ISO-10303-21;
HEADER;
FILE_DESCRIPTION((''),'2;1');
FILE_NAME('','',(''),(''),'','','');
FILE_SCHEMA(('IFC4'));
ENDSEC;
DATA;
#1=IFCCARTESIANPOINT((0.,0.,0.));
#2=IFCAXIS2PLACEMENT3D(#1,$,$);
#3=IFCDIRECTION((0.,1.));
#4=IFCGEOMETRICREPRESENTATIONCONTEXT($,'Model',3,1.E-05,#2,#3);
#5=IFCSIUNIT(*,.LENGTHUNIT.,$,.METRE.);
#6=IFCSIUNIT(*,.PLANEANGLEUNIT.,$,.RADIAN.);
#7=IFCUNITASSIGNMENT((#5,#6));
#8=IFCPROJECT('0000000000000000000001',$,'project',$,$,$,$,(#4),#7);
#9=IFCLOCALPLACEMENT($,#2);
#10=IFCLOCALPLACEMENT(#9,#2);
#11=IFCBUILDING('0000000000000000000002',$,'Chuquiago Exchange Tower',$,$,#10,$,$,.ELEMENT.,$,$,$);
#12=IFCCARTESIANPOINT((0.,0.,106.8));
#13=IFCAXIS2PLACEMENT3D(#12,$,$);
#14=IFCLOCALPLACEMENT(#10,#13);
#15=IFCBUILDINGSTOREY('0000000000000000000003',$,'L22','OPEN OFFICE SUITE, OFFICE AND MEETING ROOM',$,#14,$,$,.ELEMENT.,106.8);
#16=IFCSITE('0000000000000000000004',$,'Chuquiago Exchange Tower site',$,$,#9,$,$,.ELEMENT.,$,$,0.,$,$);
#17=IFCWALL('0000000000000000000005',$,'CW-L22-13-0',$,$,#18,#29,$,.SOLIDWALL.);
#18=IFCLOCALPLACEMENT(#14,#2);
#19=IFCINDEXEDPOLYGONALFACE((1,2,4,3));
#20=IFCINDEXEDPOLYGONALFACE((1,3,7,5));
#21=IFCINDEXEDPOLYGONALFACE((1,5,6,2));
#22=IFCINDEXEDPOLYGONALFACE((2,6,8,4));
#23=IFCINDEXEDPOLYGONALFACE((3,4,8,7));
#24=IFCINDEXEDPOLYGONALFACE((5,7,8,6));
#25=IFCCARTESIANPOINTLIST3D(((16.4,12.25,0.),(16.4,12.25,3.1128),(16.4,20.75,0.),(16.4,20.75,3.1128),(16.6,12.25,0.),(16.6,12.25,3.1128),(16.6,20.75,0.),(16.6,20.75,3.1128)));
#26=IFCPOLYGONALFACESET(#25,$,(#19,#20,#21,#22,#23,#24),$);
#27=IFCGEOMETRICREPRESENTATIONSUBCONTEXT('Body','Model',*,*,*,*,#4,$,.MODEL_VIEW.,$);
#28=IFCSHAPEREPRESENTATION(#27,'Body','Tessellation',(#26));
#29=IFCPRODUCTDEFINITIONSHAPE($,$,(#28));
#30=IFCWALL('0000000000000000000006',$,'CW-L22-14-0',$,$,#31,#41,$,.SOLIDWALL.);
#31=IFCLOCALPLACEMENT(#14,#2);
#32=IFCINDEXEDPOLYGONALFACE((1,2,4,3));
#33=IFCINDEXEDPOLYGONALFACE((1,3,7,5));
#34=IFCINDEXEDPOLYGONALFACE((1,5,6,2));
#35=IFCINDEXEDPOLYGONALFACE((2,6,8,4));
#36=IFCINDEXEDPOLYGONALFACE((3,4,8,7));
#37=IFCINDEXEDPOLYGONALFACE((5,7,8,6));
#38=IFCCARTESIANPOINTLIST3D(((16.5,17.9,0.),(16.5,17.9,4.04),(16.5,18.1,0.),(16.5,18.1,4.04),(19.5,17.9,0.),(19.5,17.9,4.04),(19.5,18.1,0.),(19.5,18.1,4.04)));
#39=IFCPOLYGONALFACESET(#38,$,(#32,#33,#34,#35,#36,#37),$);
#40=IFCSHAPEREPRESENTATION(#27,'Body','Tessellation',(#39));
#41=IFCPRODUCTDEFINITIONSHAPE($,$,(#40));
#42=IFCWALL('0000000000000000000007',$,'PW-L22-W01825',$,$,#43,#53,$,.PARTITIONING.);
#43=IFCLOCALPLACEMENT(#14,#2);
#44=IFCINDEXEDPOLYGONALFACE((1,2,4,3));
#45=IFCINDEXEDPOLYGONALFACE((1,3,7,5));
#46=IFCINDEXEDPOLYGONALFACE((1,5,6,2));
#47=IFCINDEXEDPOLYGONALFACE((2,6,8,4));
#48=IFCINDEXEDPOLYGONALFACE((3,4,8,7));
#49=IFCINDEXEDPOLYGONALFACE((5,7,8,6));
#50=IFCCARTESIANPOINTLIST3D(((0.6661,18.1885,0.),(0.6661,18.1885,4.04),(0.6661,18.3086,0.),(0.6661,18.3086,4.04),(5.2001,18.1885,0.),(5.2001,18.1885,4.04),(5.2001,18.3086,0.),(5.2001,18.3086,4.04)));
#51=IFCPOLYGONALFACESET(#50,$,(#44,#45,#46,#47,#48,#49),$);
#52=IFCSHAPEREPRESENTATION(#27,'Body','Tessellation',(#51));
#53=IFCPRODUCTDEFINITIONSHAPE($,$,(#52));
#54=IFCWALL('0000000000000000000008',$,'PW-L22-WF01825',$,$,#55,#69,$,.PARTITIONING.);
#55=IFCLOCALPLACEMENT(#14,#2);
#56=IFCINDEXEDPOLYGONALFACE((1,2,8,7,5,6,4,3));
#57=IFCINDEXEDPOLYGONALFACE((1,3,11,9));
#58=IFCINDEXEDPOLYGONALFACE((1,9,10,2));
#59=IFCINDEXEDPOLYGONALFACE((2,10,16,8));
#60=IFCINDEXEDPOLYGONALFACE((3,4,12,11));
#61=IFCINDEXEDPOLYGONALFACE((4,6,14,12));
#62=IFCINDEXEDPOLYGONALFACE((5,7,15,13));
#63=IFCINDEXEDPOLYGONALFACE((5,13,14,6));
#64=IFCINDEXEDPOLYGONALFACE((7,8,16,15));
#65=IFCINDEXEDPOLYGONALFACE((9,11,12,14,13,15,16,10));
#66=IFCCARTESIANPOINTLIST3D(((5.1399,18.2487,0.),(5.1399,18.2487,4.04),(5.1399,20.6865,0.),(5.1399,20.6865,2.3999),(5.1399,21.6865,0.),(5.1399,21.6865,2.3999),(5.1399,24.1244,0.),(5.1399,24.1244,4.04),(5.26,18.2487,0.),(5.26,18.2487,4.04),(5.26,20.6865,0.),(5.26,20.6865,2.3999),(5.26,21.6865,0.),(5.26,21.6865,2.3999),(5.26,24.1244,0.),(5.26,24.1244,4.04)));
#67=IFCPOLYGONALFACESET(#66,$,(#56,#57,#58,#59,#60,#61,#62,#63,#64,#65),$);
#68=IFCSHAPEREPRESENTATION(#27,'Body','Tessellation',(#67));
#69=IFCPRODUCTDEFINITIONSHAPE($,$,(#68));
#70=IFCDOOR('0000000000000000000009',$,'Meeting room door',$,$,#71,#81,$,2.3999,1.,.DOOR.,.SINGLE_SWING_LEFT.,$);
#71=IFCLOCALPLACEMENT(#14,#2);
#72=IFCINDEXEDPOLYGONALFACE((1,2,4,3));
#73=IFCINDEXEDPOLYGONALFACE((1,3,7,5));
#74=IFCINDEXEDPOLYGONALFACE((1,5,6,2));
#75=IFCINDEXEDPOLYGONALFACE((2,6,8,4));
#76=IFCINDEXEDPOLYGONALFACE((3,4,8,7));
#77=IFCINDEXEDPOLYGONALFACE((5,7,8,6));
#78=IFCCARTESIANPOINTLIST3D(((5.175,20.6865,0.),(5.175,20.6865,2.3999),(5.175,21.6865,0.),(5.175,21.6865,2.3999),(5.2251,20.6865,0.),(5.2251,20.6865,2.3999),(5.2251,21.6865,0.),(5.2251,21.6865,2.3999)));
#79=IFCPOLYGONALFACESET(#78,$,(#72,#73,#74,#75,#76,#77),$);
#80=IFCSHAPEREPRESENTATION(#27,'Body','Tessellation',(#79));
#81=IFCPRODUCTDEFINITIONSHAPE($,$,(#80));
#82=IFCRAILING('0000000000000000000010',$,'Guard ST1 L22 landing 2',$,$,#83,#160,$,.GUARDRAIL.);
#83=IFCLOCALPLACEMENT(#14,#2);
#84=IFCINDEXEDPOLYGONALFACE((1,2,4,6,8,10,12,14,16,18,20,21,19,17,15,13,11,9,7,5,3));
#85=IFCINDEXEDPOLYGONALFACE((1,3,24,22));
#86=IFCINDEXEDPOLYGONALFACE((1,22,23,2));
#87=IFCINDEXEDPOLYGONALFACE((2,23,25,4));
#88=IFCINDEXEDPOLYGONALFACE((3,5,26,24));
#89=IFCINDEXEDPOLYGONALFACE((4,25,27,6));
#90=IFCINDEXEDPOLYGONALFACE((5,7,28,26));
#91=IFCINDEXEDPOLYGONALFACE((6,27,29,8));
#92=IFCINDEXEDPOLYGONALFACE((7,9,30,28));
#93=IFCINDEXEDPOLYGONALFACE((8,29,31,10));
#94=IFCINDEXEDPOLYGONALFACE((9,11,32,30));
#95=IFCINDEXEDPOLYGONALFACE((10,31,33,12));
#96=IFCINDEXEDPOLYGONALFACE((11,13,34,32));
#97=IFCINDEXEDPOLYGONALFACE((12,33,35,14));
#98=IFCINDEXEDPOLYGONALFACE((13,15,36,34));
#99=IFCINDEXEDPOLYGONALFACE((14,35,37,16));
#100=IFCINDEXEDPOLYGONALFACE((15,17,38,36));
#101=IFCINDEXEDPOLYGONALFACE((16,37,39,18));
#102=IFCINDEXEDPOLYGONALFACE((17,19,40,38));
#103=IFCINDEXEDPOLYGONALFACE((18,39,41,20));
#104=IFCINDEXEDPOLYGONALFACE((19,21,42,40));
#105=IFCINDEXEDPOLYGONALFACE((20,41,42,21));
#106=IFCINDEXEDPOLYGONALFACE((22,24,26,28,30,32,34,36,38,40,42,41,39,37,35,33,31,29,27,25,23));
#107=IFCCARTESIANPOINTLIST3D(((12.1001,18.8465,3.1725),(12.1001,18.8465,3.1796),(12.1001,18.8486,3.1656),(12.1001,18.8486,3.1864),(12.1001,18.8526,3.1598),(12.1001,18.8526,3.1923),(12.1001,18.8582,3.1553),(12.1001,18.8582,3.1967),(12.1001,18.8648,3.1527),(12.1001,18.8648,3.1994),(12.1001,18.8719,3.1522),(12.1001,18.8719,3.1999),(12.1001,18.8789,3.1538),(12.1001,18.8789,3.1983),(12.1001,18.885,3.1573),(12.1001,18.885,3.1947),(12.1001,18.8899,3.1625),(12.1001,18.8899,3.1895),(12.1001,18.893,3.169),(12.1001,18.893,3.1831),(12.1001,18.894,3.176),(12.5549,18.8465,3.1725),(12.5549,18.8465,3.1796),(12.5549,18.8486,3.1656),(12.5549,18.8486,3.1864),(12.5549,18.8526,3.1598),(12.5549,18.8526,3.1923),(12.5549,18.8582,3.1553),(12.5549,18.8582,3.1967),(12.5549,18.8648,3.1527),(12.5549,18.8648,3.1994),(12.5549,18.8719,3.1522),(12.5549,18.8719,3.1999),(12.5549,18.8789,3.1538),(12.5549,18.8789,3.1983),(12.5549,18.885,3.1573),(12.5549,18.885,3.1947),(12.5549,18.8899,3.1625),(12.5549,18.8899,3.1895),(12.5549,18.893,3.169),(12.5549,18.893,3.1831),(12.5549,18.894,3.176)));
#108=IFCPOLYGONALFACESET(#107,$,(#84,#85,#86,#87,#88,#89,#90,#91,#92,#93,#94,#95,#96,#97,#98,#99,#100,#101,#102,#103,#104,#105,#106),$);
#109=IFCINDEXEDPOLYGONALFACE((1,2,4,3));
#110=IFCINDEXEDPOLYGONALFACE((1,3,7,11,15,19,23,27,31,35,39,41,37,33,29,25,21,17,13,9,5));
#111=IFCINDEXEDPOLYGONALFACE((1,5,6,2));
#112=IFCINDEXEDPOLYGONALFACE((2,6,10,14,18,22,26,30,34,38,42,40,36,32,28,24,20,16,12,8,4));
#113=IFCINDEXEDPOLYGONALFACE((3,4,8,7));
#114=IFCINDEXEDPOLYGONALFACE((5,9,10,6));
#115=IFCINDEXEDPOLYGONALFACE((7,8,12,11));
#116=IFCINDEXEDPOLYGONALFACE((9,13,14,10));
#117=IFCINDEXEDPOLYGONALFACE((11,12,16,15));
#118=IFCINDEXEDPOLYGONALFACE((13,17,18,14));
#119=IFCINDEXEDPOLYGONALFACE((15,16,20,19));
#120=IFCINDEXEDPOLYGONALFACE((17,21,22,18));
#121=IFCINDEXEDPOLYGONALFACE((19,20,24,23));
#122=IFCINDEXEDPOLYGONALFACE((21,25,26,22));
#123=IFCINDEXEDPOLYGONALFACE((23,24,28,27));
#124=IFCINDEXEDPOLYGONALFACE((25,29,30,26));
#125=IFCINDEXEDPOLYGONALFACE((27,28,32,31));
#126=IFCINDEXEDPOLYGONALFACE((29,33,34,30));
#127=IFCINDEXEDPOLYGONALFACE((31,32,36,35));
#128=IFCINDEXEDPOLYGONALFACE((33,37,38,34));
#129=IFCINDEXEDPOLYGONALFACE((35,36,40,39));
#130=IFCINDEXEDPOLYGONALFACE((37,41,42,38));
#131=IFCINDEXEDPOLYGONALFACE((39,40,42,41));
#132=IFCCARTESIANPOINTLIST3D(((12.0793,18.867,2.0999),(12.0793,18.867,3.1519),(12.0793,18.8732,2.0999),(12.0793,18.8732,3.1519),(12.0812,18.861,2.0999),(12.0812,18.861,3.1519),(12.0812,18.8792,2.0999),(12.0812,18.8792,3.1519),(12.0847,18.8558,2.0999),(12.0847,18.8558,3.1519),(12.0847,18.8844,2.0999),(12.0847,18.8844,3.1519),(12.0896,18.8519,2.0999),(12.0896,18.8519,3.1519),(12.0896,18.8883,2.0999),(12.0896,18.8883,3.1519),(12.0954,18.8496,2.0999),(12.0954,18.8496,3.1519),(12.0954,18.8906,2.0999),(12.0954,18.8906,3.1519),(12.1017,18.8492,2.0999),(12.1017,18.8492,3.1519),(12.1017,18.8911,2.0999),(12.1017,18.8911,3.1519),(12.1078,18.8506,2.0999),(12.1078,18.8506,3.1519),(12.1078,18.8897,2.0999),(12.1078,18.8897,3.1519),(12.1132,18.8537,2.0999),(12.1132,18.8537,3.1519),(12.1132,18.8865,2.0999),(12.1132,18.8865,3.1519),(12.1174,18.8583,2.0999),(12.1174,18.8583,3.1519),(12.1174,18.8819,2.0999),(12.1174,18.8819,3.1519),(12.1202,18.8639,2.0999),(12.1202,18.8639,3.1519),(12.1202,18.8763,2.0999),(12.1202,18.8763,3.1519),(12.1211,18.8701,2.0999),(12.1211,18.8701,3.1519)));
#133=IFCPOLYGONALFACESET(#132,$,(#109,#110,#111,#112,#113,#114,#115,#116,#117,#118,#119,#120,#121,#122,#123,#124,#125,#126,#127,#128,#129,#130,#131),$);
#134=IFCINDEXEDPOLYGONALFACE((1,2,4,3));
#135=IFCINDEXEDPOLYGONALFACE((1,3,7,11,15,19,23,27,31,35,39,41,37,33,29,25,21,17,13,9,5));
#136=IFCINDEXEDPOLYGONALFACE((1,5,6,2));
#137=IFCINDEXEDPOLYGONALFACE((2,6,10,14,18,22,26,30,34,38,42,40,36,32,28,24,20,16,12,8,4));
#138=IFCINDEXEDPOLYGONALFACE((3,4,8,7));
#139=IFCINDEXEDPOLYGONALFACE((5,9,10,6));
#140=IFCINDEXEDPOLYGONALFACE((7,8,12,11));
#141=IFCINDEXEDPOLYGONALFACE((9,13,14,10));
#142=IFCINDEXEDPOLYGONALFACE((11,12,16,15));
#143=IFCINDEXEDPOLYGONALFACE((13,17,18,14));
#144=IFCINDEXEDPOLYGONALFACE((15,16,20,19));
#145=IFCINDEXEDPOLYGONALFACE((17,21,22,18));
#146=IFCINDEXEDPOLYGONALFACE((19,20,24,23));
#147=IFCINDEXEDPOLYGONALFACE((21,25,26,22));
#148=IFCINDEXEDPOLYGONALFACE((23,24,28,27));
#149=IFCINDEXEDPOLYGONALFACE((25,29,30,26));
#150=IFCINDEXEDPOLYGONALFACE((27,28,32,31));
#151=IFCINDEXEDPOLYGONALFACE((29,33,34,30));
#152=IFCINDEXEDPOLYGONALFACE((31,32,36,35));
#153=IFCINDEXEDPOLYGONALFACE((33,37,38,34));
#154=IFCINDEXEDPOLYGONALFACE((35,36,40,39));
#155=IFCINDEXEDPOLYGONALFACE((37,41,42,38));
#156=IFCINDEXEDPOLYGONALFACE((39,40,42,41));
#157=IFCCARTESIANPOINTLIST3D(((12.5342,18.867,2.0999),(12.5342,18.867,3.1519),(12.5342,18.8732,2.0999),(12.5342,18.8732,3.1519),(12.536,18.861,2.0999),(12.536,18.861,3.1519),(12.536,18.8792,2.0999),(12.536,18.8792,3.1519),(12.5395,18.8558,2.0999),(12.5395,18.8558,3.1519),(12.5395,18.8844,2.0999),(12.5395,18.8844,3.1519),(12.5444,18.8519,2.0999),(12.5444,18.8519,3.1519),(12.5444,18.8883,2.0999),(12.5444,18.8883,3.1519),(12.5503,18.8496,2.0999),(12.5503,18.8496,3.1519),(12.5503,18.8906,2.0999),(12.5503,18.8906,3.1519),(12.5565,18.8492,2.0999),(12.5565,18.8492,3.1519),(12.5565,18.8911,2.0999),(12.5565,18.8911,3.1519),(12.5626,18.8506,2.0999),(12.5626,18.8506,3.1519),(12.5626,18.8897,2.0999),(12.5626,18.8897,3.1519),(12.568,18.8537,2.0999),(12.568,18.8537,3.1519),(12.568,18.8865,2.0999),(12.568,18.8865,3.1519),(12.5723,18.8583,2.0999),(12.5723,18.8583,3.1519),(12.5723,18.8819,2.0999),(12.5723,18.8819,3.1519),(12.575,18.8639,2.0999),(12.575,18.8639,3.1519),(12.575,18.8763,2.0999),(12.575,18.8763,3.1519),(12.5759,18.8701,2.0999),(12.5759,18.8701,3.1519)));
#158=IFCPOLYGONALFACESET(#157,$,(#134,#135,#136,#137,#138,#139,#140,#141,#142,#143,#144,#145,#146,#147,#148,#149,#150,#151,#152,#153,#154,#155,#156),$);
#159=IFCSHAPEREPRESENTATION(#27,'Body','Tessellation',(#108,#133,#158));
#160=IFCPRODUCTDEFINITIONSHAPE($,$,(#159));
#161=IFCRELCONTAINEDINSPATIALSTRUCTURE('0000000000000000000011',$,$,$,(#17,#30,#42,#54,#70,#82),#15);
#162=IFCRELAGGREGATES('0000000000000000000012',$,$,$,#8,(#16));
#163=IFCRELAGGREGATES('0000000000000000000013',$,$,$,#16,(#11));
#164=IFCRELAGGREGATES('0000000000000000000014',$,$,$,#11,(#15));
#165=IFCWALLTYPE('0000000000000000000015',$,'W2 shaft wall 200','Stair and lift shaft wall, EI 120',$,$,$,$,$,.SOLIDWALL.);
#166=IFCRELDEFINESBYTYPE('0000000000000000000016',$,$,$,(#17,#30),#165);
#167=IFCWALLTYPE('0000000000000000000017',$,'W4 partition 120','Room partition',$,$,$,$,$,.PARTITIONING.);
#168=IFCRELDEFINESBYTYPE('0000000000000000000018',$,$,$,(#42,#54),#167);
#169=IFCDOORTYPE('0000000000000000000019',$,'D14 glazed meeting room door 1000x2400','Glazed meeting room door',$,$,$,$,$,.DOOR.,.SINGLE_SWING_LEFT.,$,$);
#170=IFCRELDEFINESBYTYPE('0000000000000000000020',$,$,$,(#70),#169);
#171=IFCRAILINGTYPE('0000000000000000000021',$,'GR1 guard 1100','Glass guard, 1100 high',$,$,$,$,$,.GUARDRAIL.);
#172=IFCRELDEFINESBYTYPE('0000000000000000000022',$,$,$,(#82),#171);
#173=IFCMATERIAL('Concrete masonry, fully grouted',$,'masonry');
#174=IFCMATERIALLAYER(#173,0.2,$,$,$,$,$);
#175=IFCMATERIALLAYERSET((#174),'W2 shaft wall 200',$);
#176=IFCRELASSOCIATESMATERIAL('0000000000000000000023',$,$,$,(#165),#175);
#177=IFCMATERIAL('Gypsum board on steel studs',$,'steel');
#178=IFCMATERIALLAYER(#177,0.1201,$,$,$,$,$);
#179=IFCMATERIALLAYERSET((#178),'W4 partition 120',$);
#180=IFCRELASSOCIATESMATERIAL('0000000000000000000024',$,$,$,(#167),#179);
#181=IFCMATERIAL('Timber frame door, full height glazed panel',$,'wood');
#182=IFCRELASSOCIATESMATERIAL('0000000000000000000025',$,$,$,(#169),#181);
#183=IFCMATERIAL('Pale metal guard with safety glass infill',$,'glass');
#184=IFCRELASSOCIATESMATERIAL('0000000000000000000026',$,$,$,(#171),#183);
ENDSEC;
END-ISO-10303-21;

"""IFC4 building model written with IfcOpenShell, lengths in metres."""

from ifc_helpers import new_model, si_unit, direction, frame, frame_2d, origin, origin_2d, place, context, subcontext, project, spatial, rectangle, circle, extrude, material, layer, layer_set, type_object, element, fill, save


model = new_model("IFC4")

# Units and contexts
model_context = context("Model", 3, precision=1e-05, world=origin(), true_north=direction((0.0, 1.0)))
body_context = subcontext(model_context, "Body", "Model", "MODEL_VIEW")
ifc_project = project(units=[si_unit("LENGTHUNIT", "METRE"), si_unit("PLANEANGLEUNIT", "RADIAN")], contexts=[model_context])

# Site, building, storey
site_placement = place(None, origin())
site = spatial("IfcSite", under=ifc_project, at=site_placement, Name="Chuquiago Exchange Tower site", CompositionType="ELEMENT", RefElevation=0.0)
building_placement = place(site_placement, origin())
building = spatial("IfcBuilding", under=site, at=building_placement, Name="Chuquiago Exchange Tower", CompositionType="ELEMENT")
storey_placement = place(building_placement, frame((0.0, 0.0, 106.8)))
storey = spatial("IfcBuildingStorey", under=building, at=storey_placement, Name="L22", Description="OPEN OFFICE SUITE, OFFICE AND MEETING ROOM", CompositionType="ELEMENT", Elevation=106.8)

# Walls
ifc_material_1 = material(Name="Concrete masonry, fully grouted", Category="masonry")
ifc_layer_1 = layer(ifc_material_1, 0.2)
ifc_layer_set_1 = layer_set([ifc_layer_1], Name="W2 shaft wall 200")
wall_type_1 = type_object("IfcWallType", Name="W2 shaft wall 200", Description="Stair and lift shaft wall, EI 120", PredefinedType="SOLIDWALL", material=ifc_layer_set_1)
wall_1_placement = place(storey_placement, frame((16.5, 12.25, 0.0), z_axis=(0.0, 0.0, 1.0), x_axis=(0.0, 1.0, 0.0)))
element("IfcWall", 1, at=wall_1_placement, inside=storey, type_object=wall_type_1, Name="CW-L22-13-0", PredefinedType="SOLIDWALL", context=body_context, shape_type="SweptSolid", body=[
    extrude(rectangle(XDim=8.5, YDim=0.2, at=frame_2d((4.25, 0.0))), origin(), (0.0, 0.0, 1.0), 3.1128),
])
wall_2_placement = place(storey_placement, frame((16.5, 18.0, 0.0), z_axis=(0.0, 0.0, 1.0), x_axis=(1.0, 0.0, 0.0)))
element("IfcWall", 2, at=wall_2_placement, inside=storey, type_object=wall_type_1, Name="CW-L22-14-0", PredefinedType="SOLIDWALL", context=body_context, shape_type="SweptSolid", body=[
    extrude(rectangle(XDim=3.0, YDim=0.2, at=frame_2d((1.5, 0.0))), origin(), (0.0, 0.0, 1.0), 4.04),
])
ifc_material_2 = material(Name="Gypsum board on steel studs", Category="steel")
ifc_layer_2 = layer(ifc_material_2, 0.1201)
ifc_layer_set_2 = layer_set([ifc_layer_2], Name="W4 partition 120")
wall_type_2 = type_object("IfcWallType", Name="W4 partition 120", Description="Room partition", PredefinedType="PARTITIONING", material=ifc_layer_set_2)
wall_3_placement = place(storey_placement, frame((0.666, 18.2485, 0.0), z_axis=(0.0, 0.0, 1.0), x_axis=(1.0, 0.0, 0.0)))
element("IfcWall", 3, at=wall_3_placement, inside=storey, type_object=wall_type_2, Name="PW-L22-W01825", PredefinedType="PARTITIONING", context=body_context, shape_type="SweptSolid", body=[
    extrude(rectangle(XDim=4.5339, YDim=0.1201, at=frame_2d((2.2671, 0.0))), origin(), (0.0, 0.0, 1.0), 4.04),
])

# Wall, opening, door
wall_4_placement = place(storey_placement, frame((5.2, 18.2485, 0.0), z_axis=(0.0, 0.0, 1.0), x_axis=(0.0, 1.0, 0.0)))
wall_4 = element("IfcWall", 4, at=wall_4_placement, inside=storey, type_object=wall_type_2, Name="PW-L22-WF01825", PredefinedType="PARTITIONING", context=body_context, shape_type="SweptSolid", body=[
    extrude(rectangle(XDim=5.8757, YDim=0.1201, at=frame_2d((2.938, 0.0))), origin(), (0.0, 0.0, 1.0), 4.04),
])
opening_1_placement = place(wall_4_placement, frame((2.438, 0.0, 0.0)))
opening_1 = element("IfcOpeningElement", 5, at=opening_1_placement, cuts=wall_4, PredefinedType="OPENING", context=body_context, shape_type="SweptSolid", body=[
    extrude(rectangle(XDim=1.0, YDim=2.3999, at=frame_2d((0.5, 1.2))), frame((0.0, 0.0701, 0.0), z_axis=(0.0, -1.0, 0.0), x_axis=(1.0, 0.0, 0.0)), (0.0, 0.0, 1.0), 0.1401),
])
ifc_material_3 = material(Name="Timber frame door, full height glazed panel", Category="wood")
door_type_1 = type_object("IfcDoorType", Name="D14 glazed meeting room door 1000x2400", Description="Glazed meeting room door", OperationType="SINGLE_SWING_LEFT", PredefinedType="DOOR", material=ifc_material_3)
door_1_placement = place(opening_1_placement, origin())
door_1 = element("IfcDoor", 6, at=door_1_placement, inside=storey, type_object=door_type_1, Name="Meeting room door", OperationType="SINGLE_SWING_LEFT", OverallHeight=2.3999, OverallWidth=1.0, PredefinedType="DOOR", context=body_context, shape_type="SweptSolid", body=[
    extrude(rectangle(XDim=1.0, YDim=2.3999, at=frame_2d((0.5, 1.2))), frame((0.0, 0.0249, 0.0), z_axis=(0.0, -1.0, 0.0), x_axis=(1.0, 0.0, 0.0)), (0.0, 0.0, 1.0), 0.05),
])
fill(opening_1, door_1)

# Railing
ifc_material_4 = material(Name="Pale metal guard with safety glass infill", Category="glass")
railing_type_1 = type_object("IfcRailingType", Name="GR1 guard 1100", Description="Glass guard, 1100 high", PredefinedType="GUARDRAIL", material=ifc_material_4)
railing_1_placement = place(storey_placement, frame((12.1001, 18.8701, 2.0999)))
element("IfcRailing", 7, at=railing_1_placement, inside=storey, type_object=railing_type_1, Name="Guard ST1 L22 landing 2", PredefinedType="GUARDRAIL", context=body_context, shape_type="SweptSolid", body=[
    extrude(circle(Radius=0.0239, at=origin_2d()), frame((0.0, 0.0, 1.0762), z_axis=(1.0, 0.0, 0.0), x_axis=(0.0, 1.0, 0.0)), (0.0, 0.0, 1.0), 0.4548),
    extrude(circle(Radius=0.021, at=origin_2d()), origin(), (0.0, 0.0, 1.0), 1.052),
    extrude(circle(Radius=0.021, at=origin_2d()), frame((0.4548, 0.0, 0.0)), (0.0, 0.0, 1.0), 1.052),
])

save(model, "model.ifc")
